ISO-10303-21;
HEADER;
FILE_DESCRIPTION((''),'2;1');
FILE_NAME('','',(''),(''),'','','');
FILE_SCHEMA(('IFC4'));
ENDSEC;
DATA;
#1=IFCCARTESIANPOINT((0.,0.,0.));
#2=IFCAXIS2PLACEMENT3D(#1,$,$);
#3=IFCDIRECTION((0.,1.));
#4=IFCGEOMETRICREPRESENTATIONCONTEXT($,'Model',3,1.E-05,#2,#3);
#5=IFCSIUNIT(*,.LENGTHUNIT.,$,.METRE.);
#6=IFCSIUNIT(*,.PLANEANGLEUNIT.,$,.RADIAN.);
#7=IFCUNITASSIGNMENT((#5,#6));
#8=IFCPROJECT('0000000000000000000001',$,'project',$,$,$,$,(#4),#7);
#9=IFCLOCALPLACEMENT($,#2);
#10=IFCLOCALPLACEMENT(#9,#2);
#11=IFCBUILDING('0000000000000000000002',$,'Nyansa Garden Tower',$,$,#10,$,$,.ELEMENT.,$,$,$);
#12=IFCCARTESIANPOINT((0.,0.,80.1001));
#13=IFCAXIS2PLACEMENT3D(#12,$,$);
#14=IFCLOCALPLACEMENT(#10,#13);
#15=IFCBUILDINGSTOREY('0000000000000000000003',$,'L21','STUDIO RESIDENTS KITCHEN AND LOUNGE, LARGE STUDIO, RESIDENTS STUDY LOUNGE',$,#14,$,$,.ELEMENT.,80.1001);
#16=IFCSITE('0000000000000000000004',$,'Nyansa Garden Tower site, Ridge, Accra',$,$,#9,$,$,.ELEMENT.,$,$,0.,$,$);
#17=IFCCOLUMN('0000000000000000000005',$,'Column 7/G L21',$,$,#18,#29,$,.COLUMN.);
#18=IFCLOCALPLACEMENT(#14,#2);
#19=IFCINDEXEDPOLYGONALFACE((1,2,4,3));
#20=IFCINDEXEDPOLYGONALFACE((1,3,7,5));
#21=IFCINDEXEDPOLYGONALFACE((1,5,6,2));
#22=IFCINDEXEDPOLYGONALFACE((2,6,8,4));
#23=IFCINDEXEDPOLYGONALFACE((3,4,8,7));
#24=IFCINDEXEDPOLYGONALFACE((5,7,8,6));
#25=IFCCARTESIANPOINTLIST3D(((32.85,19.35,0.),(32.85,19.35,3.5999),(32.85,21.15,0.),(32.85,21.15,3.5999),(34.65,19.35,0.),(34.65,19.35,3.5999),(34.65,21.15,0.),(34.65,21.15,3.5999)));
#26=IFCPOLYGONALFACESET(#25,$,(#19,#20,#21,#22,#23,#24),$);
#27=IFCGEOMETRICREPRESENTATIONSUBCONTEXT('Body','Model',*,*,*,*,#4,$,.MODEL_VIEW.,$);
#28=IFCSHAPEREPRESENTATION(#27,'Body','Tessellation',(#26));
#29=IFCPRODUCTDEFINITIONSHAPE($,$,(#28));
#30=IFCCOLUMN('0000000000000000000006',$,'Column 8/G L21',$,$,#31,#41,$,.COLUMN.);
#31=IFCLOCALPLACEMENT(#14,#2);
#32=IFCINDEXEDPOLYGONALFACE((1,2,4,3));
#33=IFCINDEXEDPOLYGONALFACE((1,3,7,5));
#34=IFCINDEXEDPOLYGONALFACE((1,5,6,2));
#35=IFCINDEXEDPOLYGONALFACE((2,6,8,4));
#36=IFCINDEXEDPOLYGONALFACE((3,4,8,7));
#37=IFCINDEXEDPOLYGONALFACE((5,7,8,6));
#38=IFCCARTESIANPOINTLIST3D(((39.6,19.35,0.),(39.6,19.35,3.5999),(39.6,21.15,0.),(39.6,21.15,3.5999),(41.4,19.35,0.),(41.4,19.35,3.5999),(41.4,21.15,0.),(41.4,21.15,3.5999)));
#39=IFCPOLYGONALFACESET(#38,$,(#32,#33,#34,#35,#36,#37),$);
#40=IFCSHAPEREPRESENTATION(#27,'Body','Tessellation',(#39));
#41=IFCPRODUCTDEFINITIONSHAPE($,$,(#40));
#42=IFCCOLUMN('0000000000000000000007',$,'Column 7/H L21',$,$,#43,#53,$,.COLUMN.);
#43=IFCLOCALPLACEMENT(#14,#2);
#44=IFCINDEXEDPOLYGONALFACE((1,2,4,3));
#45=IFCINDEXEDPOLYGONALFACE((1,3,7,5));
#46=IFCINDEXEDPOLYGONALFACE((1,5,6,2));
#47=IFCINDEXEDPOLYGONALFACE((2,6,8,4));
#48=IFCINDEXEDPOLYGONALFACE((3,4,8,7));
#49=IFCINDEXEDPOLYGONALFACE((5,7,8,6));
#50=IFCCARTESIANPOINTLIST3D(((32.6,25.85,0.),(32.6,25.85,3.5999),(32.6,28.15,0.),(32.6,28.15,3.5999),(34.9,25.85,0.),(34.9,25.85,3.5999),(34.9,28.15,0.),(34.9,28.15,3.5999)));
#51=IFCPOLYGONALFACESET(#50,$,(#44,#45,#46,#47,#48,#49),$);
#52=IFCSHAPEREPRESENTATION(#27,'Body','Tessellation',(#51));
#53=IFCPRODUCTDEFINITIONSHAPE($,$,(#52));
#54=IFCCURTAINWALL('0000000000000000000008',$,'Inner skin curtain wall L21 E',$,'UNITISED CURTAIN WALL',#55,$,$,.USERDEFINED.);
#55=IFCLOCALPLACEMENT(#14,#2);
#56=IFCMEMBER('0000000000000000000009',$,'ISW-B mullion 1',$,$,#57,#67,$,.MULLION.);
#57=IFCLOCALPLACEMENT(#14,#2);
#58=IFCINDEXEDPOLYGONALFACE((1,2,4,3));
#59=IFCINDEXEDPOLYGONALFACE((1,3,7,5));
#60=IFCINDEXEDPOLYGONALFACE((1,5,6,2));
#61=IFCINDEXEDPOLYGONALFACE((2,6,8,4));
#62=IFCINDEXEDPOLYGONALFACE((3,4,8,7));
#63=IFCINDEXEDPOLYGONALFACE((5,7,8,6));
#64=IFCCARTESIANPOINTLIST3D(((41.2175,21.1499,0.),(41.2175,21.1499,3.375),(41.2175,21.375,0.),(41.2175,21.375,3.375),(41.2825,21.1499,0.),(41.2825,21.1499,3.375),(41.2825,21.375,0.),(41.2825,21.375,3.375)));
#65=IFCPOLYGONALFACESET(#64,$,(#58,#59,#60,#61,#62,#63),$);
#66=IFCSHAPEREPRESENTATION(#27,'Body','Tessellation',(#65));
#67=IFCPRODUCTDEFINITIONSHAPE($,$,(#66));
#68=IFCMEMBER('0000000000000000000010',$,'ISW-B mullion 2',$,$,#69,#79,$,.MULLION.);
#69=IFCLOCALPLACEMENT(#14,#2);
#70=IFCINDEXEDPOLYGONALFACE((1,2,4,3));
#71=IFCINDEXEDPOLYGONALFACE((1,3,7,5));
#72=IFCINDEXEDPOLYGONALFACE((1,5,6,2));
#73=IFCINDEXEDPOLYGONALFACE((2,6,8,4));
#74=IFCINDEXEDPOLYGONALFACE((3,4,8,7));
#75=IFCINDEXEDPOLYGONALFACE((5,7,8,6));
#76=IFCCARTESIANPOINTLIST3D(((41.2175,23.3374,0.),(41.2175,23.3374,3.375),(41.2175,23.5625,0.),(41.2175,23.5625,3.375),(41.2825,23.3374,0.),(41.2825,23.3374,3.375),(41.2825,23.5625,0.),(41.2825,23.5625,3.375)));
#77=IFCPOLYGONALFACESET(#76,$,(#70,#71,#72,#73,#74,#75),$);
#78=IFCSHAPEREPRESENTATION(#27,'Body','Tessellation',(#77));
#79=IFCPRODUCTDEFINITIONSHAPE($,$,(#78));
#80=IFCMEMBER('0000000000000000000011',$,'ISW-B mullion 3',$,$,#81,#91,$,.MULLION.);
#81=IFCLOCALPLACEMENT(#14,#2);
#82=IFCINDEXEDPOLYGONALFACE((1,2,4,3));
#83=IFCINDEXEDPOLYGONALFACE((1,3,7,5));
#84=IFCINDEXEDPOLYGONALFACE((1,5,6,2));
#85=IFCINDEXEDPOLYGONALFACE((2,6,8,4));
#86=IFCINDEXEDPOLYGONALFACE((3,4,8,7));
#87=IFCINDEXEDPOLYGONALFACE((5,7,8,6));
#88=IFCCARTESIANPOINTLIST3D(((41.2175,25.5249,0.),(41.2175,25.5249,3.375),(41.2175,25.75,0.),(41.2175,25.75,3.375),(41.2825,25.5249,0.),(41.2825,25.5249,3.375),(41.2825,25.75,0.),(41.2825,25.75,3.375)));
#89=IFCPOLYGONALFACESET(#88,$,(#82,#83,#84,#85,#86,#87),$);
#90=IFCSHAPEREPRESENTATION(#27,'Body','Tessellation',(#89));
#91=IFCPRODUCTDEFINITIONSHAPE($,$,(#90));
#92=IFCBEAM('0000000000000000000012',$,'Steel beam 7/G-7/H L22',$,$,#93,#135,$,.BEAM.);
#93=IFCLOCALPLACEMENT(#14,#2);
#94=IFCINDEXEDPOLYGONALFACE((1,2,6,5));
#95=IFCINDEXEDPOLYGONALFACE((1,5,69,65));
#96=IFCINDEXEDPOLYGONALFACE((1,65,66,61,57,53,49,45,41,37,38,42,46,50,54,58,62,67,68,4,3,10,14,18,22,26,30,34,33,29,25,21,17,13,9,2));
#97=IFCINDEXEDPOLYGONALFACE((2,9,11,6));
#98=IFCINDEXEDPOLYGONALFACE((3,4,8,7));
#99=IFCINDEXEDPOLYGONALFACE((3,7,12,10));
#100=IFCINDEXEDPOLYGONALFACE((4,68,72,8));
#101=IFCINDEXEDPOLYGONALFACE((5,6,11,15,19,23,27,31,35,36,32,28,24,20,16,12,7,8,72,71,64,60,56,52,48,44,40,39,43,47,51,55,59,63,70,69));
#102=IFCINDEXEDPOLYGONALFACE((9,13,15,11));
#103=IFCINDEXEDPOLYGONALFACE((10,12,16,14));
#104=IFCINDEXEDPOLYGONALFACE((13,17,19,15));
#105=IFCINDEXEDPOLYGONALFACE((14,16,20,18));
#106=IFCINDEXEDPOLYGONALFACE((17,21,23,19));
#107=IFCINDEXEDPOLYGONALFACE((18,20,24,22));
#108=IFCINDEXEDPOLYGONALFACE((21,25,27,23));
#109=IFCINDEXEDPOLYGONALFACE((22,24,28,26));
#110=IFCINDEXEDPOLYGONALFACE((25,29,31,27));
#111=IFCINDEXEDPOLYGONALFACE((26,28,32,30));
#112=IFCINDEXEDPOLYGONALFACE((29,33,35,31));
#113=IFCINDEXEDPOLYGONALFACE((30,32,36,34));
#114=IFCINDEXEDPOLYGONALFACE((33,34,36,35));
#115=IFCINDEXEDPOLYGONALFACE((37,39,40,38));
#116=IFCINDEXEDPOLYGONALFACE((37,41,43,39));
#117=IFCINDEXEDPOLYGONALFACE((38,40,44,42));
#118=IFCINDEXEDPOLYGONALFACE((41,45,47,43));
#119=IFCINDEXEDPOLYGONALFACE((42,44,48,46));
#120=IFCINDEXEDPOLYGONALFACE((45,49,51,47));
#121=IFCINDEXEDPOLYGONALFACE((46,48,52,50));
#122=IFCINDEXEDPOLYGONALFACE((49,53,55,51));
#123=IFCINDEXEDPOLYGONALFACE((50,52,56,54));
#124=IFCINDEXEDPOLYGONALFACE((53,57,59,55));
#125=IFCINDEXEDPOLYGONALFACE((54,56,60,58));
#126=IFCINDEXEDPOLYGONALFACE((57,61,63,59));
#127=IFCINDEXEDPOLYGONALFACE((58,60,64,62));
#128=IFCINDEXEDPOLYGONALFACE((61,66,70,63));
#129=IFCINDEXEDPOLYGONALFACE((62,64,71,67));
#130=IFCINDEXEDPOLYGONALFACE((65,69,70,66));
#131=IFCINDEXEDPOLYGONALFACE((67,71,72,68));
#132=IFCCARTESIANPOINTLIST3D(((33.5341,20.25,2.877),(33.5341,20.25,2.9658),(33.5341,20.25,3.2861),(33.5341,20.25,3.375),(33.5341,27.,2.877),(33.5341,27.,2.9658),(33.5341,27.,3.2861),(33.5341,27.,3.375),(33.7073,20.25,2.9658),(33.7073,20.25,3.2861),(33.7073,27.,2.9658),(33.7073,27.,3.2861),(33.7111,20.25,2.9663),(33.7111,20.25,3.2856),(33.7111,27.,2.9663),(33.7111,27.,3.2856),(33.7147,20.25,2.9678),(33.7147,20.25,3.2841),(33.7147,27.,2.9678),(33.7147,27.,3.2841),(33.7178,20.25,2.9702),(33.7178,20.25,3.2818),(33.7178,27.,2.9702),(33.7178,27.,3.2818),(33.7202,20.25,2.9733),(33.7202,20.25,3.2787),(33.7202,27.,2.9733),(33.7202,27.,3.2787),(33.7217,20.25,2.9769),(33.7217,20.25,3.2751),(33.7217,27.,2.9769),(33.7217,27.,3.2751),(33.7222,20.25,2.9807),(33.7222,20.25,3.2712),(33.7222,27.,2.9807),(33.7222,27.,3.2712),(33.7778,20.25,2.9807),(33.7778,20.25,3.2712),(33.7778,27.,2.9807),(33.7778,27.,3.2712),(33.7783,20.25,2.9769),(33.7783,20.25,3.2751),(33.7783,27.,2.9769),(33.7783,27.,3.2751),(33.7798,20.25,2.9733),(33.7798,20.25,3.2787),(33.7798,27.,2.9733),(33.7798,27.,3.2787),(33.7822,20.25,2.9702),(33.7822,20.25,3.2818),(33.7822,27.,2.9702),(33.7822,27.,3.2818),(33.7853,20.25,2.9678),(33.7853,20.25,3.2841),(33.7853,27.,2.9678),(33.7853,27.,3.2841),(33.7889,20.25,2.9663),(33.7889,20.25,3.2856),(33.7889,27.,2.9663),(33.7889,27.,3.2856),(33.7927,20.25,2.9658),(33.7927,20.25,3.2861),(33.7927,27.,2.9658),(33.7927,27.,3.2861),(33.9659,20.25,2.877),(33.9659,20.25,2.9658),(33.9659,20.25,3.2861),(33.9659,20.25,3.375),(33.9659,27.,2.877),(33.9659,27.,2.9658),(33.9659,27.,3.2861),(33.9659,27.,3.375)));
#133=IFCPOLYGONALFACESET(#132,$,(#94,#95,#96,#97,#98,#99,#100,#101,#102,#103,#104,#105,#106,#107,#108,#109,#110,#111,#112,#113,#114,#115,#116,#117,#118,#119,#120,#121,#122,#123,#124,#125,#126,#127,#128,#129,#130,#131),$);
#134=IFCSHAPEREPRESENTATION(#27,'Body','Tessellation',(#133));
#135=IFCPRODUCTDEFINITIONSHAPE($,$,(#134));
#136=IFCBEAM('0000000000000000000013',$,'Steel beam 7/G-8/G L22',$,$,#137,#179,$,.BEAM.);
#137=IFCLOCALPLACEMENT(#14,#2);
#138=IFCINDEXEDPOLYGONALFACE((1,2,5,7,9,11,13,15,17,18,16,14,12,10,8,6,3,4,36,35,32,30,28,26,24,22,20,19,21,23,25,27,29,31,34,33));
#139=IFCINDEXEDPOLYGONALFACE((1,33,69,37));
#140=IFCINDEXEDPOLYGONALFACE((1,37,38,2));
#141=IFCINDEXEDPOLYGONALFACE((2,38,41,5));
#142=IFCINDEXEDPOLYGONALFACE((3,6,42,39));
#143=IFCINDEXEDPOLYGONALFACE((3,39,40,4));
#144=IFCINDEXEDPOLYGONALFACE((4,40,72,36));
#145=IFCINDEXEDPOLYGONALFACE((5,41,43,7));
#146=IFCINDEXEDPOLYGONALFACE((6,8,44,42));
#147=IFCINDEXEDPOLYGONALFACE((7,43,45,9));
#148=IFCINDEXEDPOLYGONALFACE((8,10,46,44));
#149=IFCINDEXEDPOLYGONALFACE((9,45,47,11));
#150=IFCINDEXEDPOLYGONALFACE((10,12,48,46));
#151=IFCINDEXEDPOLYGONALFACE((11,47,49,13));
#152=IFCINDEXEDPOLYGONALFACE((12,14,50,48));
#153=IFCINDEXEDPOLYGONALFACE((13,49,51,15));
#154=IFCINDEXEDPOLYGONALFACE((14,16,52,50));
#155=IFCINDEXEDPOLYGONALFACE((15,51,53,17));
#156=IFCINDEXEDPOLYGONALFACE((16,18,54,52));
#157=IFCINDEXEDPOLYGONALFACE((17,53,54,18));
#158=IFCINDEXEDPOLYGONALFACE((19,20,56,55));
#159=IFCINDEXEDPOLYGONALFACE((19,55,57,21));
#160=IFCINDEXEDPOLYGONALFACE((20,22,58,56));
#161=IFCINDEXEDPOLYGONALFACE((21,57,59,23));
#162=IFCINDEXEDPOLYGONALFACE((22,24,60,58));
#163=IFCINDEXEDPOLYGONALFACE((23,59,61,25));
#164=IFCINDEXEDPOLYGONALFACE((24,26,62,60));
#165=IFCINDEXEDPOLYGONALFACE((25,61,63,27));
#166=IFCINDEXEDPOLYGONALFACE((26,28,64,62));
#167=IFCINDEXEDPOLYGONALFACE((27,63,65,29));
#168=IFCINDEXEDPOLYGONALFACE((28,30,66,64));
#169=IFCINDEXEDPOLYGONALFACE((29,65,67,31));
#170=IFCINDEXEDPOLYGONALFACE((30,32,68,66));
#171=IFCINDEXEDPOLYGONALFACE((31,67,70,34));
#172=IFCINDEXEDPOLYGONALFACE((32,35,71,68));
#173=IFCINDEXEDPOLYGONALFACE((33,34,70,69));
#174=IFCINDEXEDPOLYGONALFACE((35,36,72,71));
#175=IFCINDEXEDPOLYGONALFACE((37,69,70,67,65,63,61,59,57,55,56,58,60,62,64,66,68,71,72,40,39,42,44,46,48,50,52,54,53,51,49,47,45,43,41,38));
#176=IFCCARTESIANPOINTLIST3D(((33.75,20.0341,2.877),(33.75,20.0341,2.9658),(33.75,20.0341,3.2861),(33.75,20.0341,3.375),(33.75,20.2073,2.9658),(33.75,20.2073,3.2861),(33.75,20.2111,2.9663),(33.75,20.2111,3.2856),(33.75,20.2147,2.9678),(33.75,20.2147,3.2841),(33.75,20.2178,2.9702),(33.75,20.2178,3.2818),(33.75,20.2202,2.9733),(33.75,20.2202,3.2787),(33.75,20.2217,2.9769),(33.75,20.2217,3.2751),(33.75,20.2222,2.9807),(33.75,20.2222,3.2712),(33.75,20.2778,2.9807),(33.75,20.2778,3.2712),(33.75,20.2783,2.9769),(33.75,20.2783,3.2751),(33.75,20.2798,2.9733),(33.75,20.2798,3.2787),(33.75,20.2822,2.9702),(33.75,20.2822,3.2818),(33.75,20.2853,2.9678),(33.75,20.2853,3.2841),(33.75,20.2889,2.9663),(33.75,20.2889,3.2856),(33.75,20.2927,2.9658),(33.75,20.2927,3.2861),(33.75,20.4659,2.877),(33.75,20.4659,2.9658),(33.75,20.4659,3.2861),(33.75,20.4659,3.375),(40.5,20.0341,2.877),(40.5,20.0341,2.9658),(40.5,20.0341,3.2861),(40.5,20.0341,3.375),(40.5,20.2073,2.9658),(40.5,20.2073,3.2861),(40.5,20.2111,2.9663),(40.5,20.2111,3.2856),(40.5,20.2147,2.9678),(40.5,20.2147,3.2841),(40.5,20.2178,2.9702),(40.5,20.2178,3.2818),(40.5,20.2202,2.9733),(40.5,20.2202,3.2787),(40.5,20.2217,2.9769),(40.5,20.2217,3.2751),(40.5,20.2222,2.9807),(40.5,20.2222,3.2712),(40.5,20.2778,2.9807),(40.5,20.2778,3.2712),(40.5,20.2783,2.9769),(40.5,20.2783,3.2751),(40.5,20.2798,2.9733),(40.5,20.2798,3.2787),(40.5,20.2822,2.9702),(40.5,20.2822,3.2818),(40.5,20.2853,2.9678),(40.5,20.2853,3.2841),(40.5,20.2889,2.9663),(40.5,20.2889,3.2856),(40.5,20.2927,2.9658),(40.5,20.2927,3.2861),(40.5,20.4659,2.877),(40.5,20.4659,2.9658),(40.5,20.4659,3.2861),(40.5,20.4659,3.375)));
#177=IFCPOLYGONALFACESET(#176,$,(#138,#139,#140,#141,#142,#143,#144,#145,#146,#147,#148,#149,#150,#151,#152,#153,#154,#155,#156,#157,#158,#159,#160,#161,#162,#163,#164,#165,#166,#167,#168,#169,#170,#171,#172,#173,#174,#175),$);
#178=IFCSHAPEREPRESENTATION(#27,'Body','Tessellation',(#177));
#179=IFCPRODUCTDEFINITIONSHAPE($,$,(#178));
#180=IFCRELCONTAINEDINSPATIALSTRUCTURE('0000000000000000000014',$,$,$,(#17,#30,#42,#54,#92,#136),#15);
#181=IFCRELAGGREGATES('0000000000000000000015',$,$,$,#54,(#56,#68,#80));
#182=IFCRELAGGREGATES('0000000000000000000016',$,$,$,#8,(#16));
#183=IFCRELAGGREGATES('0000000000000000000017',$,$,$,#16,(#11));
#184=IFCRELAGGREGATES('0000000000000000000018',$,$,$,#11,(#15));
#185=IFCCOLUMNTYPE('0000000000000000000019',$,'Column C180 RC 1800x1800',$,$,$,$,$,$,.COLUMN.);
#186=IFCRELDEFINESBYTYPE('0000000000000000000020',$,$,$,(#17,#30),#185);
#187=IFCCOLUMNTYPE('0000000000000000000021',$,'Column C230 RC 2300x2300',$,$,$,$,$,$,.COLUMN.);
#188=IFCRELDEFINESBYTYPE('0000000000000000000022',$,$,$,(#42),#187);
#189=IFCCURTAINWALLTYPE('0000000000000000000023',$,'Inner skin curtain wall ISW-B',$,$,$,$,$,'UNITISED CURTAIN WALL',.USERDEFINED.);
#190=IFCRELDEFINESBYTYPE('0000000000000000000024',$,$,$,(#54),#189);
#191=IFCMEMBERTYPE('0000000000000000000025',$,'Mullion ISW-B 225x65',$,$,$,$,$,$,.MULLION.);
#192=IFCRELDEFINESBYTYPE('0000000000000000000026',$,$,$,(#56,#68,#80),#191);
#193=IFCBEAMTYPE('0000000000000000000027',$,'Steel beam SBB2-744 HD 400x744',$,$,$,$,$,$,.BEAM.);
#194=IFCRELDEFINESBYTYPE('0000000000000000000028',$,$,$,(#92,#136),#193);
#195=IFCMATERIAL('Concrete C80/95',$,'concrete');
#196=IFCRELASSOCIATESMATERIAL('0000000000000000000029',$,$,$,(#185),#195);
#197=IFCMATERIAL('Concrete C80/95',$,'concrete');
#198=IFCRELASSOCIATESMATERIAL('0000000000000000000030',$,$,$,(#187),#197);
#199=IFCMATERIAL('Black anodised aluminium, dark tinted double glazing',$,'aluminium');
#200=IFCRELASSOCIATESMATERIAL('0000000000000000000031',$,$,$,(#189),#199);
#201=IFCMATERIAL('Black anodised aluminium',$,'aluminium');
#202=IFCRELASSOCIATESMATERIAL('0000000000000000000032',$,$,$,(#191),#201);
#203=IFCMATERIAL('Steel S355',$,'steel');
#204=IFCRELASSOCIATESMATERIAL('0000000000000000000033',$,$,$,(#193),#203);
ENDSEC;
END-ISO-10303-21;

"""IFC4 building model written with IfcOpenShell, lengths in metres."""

from ifc_helpers import new_model, si_unit, direction, frame, origin, origin_2d, place, context, subcontext, project, spatial, rectangle, i_section, extrude, material, material_profile, profile_set, type_object, element, aggregate, save


model = new_model("IFC4")

# Units and contexts
model_context = context("Model", 3, precision=1e-05, world=origin(), true_north=direction((0.0, 1.0)))
body_context = subcontext(model_context, "Body", "Model", "MODEL_VIEW")
ifc_project = project(units=[si_unit("LENGTHUNIT", "METRE"), si_unit("PLANEANGLEUNIT", "RADIAN")], contexts=[model_context])

# Site, building, storey
site_placement = place(None, origin())
site = spatial("IfcSite", under=ifc_project, at=site_placement, Name="Nyansa Garden Tower site, Ridge, Accra", CompositionType="ELEMENT", RefElevation=0.0)
building_placement = place(site_placement, origin())
building = spatial("IfcBuilding", under=site, at=building_placement, Name="Nyansa Garden Tower", CompositionType="ELEMENT")
storey_placement = place(building_placement, frame((0.0, 0.0, 80.1001)))
storey = spatial("IfcBuildingStorey", under=building, at=storey_placement, Name="L21", Description="STUDIO RESIDENTS KITCHEN AND LOUNGE, LARGE STUDIO, RESIDENTS STUDY LOUNGE", CompositionType="ELEMENT", Elevation=80.1001)

# Columns
ifc_material_1 = material(Name="Concrete C80/95", Category="concrete")
ifc_material_profile_1 = material_profile(ifc_material_1, rectangle(XDim=1.8, YDim=1.8, at=origin_2d()), Name="RC 1800x1800")
ifc_profile_set_1 = profile_set([ifc_material_profile_1], Name="Concrete C80/95")
column_type_1 = type_object("IfcColumnType", Name="Column C180 RC 1800x1800", PredefinedType="COLUMN", material=ifc_profile_set_1)
for number, where, z_axis, x_axis, name in (
    (1, (33.75, 20.25, 0.0), (0.0, 0.0, 1.0), (1.0, 0.0, 0.0), "Column 7/G L21"),
    (2, (40.5, 20.25, 0.0), (0.0, 0.0, 1.0), (1.0, 0.0, 0.0), "Column 8/G L21"),
):
    element("IfcColumn", number, at=place(storey_placement, frame(where, z_axis=z_axis, x_axis=x_axis)), inside=storey, type_object=column_type_1, Name=name, PredefinedType="COLUMN", context=body_context, shape_type="SweptSolid", body=[
        extrude(rectangle(XDim=1.8, YDim=1.8, at=origin_2d()), origin(), (0.0, 0.0, 1.0), 3.5999),
    ])
ifc_material_2 = material(Name="Concrete C80/95", Category="concrete")
ifc_material_profile_2 = material_profile(ifc_material_2, rectangle(XDim=2.3, YDim=2.3, at=origin_2d()), Name="RC 2300x2300")
ifc_profile_set_2 = profile_set([ifc_material_profile_2], Name="Concrete C80/95")
column_type_2 = type_object("IfcColumnType", Name="Column C230 RC 2300x2300", PredefinedType="COLUMN", material=ifc_profile_set_2)
column_placement = place(storey_placement, frame((33.75, 27.0, 0.0), z_axis=(0.0, 0.0, 1.0), x_axis=(1.0, 0.0, 0.0)))
element("IfcColumn", 3, at=column_placement, inside=storey, type_object=column_type_2, Name="Column 7/H L21", PredefinedType="COLUMN", context=body_context, shape_type="SweptSolid", body=[
    extrude(rectangle(XDim=2.3, YDim=2.3, at=origin_2d()), origin(), (0.0, 0.0, 1.0), 3.5999),
])

# Curtain wall, members
ifc_material_3 = material(Name="Black anodised aluminium, dark tinted double glazing", Category="aluminium")
curtain_wall_type = type_object("IfcCurtainWallType", Name="Inner skin curtain wall ISW-B", ElementType="UNITISED CURTAIN WALL", PredefinedType="USERDEFINED", material=ifc_material_3)
curtain_wall_placement = place(storey_placement, origin())
curtain_wall = element("IfcCurtainWall", 4, at=curtain_wall_placement, inside=storey, type_object=curtain_wall_type, Name="Inner skin curtain wall L21 E", ObjectType="UNITISED CURTAIN WALL", PredefinedType="USERDEFINED")
ifc_material_4 = material(Name="Black anodised aluminium", Category="aluminium")
ifc_material_profile_3 = material_profile(ifc_material_4, rectangle(XDim=0.0649, YDim=0.2251, at=origin_2d()), Name="Mullion 225x65")
ifc_profile_set_3 = profile_set([ifc_material_profile_3], Name="Black anodised aluminium")
member_type_1 = type_object("IfcMemberType", Name="Mullion ISW-B 225x65", PredefinedType="MULLION", material=ifc_profile_set_3)
member_1_placement = place(storey_placement, frame((41.25, 21.2625, 0.0), z_axis=(0.0, 0.0, 1.0), x_axis=(-1.0, 0.0, 0.0)))
member_1 = element("IfcMember", 5, at=member_1_placement, type_object=member_type_1, Name="ISW-B mullion 1", PredefinedType="MULLION", context=body_context, shape_type="SweptSolid", body=[
    extrude(rectangle(XDim=0.0649, YDim=0.2251, at=origin_2d()), origin(), (0.0, 0.0, 1.0), 3.375),
])
member_2_placement = place(storey_placement, frame((41.25, 23.45, 0.0), z_axis=(0.0, 0.0, 1.0), x_axis=(-1.0, 0.0, 0.0)))
member_2 = element("IfcMember", 6, at=member_2_placement, type_object=member_type_1, Name="ISW-B mullion 2", PredefinedType="MULLION", context=body_context, shape_type="SweptSolid", body=[
    extrude(rectangle(XDim=0.0649, YDim=0.2251, at=origin_2d()), origin(), (0.0, 0.0, 1.0), 3.375),
])
member_3_placement = place(storey_placement, frame((41.25, 25.6375, 0.0), z_axis=(0.0, 0.0, 1.0), x_axis=(-1.0, 0.0, 0.0)))
member_3 = element("IfcMember", 7, at=member_3_placement, type_object=member_type_1, Name="ISW-B mullion 3", PredefinedType="MULLION", context=body_context, shape_type="SweptSolid", body=[
    extrude(rectangle(XDim=0.0649, YDim=0.2251, at=origin_2d()), origin(), (0.0, 0.0, 1.0), 3.375),
])

# Beams
ifc_material_5 = material(Name="Steel S355", Category="steel")
ifc_material_profile_4 = material_profile(ifc_material_5, i_section(OverallWidth=0.4319, OverallDepth=0.498, WebThickness=0.0557, FlangeThickness=0.0889, FilletRadius=0.0149, at=origin_2d()), Name="HD 400x744")
ifc_profile_set_4 = profile_set([ifc_material_profile_4], Name="Steel S355")
beam_type_1 = type_object("IfcBeamType", Name="Steel beam SBB2-744 HD 400x744", PredefinedType="BEAM", material=ifc_profile_set_4)
for number, where, z_axis, x_axis, name in (
    (8, (33.75, 20.25, 3.126), (0.0, 1.0, 0.0), (-1.0, 0.0, 0.0), "Steel beam 7/G-7/H L22"),
    (9, (33.75, 20.25, 3.126), (1.0, 0.0, 0.0), (0.0, 1.0, 0.0), "Steel beam 7/G-8/G L22"),
):
    element("IfcBeam", number, at=place(storey_placement, frame(where, z_axis=z_axis, x_axis=x_axis)), inside=storey, type_object=beam_type_1, Name=name, PredefinedType="BEAM", context=body_context, shape_type="SweptSolid", body=[
        extrude(i_section(OverallWidth=0.4319, OverallDepth=0.498, WebThickness=0.0557, FlangeThickness=0.0889, FilletRadius=0.0149, at=origin_2d()), origin(), (0.0, 0.0, 1.0), 6.75),
    ])

aggregate(curtain_wall, [member_1, member_2, member_3])

save(model, "model.ifc")
